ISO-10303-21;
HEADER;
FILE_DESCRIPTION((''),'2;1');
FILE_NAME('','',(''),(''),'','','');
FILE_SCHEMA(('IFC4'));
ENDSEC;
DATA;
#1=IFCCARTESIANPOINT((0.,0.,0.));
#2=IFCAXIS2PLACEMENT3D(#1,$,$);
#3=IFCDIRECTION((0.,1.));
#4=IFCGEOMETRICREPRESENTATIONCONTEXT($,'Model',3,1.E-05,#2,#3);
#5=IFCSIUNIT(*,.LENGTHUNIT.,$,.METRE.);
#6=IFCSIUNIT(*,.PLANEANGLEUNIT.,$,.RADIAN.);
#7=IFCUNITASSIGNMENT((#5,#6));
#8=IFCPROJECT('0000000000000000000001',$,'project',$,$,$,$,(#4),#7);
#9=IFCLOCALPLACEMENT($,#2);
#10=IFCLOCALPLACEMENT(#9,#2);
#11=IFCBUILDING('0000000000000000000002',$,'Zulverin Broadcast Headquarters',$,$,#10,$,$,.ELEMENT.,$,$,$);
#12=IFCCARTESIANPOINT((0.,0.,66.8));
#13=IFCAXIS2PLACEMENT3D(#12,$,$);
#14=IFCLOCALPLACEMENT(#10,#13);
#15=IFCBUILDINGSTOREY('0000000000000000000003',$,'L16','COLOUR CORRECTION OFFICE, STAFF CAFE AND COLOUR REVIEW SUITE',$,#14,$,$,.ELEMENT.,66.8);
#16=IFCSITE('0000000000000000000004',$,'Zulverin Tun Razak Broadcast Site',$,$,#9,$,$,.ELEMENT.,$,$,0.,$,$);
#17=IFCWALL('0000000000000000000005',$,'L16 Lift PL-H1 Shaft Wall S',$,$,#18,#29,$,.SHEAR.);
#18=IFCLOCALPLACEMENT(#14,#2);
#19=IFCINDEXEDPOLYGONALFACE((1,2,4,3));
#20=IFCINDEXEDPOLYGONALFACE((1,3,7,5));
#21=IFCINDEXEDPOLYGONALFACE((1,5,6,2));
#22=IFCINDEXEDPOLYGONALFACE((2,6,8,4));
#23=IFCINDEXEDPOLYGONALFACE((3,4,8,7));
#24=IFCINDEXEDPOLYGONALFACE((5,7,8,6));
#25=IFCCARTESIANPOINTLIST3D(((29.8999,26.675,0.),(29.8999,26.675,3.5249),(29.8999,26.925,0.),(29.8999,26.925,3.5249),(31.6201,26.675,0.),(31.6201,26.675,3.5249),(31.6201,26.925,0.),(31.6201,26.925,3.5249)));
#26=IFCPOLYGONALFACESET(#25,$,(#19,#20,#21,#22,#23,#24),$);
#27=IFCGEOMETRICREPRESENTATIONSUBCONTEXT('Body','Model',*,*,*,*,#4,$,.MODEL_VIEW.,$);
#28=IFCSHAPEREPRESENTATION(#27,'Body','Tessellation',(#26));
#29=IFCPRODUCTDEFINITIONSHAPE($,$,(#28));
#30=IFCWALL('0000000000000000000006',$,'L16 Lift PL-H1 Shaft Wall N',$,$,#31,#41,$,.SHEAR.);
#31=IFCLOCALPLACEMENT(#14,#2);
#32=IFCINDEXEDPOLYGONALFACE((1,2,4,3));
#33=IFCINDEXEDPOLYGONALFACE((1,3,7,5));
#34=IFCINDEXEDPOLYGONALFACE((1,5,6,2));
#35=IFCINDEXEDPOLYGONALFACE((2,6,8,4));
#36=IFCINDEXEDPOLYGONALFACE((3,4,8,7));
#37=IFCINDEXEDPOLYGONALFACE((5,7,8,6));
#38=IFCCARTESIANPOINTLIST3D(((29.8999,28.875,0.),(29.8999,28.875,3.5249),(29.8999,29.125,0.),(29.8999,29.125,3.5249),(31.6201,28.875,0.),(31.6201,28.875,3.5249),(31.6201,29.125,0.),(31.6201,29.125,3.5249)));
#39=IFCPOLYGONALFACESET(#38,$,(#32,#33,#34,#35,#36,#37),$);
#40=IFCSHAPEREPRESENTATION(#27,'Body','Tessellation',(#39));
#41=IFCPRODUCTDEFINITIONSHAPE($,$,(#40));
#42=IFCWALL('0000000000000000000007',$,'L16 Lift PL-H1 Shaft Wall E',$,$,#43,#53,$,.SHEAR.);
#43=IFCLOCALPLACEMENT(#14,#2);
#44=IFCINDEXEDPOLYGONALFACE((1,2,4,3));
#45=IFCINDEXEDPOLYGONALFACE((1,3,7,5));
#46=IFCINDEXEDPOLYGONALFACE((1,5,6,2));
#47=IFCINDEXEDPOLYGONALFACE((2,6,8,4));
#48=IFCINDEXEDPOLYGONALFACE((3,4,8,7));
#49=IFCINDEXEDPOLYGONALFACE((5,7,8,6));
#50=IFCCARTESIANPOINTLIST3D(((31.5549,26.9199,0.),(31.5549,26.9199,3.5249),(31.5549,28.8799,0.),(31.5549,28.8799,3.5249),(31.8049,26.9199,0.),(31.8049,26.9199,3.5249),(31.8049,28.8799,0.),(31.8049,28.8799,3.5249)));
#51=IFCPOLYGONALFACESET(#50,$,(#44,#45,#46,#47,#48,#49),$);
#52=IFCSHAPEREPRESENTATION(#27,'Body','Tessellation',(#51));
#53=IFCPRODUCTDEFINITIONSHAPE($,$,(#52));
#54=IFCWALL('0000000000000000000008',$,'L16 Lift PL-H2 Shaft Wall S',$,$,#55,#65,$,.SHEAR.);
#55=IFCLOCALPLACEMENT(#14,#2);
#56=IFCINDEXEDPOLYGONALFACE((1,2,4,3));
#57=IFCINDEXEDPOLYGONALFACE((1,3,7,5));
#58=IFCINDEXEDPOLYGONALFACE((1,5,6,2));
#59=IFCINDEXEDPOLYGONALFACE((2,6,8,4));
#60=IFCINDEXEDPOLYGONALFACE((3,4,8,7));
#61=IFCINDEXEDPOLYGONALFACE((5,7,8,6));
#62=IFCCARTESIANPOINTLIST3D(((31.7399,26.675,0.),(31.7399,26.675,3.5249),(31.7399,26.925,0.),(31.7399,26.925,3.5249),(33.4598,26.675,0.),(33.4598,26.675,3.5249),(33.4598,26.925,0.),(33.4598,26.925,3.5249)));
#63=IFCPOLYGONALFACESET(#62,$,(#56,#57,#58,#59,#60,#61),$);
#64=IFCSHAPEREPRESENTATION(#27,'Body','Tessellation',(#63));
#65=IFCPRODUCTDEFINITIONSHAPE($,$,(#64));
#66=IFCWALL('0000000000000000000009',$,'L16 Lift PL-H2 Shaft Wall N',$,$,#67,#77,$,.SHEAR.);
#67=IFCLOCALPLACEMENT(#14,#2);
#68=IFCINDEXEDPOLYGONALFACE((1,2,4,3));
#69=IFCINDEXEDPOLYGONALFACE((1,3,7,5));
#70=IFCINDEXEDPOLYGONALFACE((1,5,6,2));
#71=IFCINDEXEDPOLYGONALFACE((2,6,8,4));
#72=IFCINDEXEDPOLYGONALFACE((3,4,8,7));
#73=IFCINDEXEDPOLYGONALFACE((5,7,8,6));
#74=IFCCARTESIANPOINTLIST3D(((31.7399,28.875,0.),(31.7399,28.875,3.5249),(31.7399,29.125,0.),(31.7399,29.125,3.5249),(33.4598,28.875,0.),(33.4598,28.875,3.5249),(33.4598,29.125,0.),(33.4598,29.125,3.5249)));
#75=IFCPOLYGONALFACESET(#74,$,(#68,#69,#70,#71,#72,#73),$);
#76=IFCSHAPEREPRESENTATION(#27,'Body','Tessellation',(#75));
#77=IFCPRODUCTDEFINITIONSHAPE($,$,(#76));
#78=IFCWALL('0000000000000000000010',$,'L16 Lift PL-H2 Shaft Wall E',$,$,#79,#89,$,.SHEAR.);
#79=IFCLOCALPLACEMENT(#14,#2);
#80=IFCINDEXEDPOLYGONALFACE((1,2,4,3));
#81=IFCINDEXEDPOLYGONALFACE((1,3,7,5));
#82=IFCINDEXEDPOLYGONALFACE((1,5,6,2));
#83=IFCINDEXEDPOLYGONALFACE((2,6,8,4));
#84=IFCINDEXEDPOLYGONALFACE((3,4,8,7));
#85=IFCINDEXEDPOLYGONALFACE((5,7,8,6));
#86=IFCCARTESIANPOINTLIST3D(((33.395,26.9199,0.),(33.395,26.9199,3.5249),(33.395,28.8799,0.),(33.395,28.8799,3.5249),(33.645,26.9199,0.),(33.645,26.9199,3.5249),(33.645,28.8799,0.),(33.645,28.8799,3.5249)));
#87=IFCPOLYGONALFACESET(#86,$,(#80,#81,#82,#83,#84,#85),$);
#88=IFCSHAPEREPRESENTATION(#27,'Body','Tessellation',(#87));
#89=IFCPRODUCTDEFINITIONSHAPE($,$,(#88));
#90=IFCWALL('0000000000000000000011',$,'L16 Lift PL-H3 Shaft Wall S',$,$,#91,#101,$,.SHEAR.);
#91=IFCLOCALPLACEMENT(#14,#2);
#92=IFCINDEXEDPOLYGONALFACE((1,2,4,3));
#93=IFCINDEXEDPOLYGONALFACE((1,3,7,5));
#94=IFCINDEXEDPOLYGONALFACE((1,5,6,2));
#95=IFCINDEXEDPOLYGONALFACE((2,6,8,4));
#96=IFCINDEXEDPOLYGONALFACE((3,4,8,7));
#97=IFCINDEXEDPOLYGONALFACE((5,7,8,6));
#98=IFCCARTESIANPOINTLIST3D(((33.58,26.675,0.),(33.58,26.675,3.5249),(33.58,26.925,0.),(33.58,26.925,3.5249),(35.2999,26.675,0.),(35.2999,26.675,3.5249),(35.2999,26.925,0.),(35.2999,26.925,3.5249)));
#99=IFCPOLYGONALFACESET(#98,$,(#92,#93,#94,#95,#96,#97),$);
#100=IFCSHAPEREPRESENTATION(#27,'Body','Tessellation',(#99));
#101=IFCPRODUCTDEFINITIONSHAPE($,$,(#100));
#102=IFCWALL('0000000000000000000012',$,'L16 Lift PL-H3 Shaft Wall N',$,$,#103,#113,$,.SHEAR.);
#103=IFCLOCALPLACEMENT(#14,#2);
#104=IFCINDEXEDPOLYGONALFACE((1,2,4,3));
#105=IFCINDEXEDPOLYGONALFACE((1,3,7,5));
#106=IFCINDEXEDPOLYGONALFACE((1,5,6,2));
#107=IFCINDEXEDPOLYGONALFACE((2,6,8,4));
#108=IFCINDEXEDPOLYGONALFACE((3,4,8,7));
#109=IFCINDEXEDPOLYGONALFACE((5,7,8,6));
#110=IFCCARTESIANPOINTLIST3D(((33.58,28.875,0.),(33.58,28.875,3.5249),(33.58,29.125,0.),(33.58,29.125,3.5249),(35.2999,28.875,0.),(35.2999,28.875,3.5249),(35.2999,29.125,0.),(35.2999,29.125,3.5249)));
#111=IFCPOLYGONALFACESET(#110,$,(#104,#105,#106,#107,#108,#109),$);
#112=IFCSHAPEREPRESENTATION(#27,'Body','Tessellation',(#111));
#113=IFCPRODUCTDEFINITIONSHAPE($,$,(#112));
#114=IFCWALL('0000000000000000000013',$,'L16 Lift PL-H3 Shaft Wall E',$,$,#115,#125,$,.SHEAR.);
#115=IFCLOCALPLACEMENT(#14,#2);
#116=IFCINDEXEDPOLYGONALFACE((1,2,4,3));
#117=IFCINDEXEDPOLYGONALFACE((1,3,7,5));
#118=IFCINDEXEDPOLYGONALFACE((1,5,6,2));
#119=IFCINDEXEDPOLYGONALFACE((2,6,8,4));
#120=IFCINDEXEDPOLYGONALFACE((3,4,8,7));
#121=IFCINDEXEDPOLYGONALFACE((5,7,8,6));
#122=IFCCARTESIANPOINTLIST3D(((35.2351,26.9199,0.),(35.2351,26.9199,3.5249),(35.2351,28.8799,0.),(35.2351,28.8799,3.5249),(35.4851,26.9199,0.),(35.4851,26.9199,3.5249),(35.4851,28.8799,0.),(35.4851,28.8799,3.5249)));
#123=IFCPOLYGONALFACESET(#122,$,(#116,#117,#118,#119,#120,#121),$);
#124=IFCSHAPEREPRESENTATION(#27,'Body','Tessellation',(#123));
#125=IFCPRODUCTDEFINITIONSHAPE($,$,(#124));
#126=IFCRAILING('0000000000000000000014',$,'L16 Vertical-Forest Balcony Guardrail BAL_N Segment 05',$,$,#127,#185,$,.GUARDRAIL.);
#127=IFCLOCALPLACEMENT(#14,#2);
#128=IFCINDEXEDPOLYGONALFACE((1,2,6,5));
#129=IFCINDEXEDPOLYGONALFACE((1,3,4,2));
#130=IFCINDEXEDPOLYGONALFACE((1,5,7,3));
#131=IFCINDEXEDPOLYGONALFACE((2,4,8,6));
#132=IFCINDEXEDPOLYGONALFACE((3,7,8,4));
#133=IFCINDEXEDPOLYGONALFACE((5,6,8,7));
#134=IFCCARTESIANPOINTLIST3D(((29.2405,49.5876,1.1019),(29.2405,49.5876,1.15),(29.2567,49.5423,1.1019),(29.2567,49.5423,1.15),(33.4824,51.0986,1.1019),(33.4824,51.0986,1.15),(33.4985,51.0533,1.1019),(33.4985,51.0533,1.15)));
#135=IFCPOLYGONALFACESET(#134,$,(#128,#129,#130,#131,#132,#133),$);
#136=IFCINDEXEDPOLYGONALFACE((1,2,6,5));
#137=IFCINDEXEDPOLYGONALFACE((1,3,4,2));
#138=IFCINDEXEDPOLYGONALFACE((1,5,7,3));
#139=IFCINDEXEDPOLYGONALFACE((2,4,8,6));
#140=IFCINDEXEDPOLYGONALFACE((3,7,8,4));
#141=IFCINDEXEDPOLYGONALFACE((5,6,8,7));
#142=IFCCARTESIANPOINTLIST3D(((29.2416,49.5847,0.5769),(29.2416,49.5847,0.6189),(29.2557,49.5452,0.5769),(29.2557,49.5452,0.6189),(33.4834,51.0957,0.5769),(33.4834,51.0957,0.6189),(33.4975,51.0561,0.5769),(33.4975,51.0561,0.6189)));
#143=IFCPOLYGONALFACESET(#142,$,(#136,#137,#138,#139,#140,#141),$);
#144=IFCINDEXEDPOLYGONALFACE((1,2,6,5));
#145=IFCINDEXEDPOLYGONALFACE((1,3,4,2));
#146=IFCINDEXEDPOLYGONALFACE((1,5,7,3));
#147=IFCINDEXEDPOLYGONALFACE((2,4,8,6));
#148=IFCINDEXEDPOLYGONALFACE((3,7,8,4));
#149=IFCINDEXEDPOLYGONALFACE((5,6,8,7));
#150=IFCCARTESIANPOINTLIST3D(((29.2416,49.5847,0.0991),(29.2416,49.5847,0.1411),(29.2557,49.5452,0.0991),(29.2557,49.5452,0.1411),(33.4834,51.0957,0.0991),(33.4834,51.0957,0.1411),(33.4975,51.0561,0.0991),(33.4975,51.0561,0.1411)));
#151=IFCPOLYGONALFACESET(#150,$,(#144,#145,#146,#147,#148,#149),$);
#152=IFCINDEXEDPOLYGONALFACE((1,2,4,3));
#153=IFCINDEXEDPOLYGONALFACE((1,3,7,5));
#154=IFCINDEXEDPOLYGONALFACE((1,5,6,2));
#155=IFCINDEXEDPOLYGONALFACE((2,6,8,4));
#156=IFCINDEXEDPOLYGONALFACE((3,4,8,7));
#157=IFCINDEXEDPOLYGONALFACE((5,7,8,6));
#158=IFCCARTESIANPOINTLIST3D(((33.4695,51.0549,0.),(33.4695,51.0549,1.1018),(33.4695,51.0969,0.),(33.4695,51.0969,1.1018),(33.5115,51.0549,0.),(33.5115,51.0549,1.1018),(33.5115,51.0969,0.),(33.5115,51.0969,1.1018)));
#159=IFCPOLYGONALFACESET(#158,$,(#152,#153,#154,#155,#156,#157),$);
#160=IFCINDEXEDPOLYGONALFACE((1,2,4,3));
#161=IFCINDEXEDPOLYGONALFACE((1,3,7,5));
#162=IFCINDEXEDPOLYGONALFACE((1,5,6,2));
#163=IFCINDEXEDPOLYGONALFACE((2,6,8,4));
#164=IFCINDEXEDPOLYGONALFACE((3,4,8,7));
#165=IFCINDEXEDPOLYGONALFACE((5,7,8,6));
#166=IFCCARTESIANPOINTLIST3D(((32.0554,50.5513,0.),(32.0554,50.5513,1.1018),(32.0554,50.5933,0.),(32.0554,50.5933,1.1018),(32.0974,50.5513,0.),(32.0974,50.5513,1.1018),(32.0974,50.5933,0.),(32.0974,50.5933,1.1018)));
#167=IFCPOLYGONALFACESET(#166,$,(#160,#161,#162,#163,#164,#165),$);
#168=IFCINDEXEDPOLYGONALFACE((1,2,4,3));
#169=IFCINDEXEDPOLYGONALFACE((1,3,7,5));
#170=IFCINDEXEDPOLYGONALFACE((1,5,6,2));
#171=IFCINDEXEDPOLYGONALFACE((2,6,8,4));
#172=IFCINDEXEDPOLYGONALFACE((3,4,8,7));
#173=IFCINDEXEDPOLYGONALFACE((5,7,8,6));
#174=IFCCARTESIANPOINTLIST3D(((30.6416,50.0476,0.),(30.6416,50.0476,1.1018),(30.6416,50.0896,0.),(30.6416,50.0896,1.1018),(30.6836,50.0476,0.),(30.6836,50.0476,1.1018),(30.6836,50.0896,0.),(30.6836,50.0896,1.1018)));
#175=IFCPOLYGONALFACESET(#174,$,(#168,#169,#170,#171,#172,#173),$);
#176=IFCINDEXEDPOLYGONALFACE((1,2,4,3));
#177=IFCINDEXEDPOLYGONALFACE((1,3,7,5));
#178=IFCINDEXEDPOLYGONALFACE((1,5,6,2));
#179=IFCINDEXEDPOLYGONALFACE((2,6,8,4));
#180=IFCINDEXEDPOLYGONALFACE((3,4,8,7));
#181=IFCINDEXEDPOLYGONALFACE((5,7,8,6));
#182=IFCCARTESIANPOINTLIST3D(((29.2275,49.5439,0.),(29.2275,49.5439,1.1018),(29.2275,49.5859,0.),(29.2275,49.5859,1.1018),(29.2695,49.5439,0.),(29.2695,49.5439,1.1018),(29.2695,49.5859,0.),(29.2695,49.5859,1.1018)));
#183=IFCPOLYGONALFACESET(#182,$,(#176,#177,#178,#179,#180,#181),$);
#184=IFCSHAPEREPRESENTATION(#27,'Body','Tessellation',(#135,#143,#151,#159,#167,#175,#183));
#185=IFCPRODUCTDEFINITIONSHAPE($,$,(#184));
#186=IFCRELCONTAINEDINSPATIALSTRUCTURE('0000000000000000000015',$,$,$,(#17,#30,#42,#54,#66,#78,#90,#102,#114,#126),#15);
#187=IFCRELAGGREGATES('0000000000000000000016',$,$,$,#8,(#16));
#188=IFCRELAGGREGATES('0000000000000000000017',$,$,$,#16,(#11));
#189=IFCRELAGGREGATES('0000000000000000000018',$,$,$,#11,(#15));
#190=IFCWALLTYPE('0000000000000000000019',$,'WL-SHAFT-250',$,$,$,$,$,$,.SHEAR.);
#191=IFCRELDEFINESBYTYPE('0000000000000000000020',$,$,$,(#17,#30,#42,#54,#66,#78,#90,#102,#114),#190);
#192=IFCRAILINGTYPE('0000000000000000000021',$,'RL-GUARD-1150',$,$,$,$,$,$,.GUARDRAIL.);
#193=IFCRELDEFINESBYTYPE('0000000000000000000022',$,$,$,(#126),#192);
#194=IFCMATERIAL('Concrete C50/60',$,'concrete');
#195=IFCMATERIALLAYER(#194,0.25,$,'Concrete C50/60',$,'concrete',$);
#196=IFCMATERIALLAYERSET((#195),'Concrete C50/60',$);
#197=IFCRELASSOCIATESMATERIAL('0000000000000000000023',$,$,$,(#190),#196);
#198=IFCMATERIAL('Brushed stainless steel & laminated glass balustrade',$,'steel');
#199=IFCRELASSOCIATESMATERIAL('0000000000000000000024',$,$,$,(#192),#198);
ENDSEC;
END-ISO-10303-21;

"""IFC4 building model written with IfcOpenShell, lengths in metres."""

from ifc_helpers import new_model, si_unit, direction, frame, frame_2d, origin, origin_2d, place, context, subcontext, project, spatial, rectangle, extrude, material, layer, layer_set, type_object, element, save


model = new_model("IFC4")

# Units and contexts
model_context = context("Model", 3, precision=1e-05, world=origin(), true_north=direction((0.0, 1.0)))
body_context = subcontext(model_context, "Body", "Model", "MODEL_VIEW")
ifc_project = project(units=[si_unit("LENGTHUNIT", "METRE"), si_unit("PLANEANGLEUNIT", "RADIAN")], contexts=[model_context])

# Site, building, storey
site_placement = place(None, origin())
site = spatial("IfcSite", under=ifc_project, at=site_placement, Name="Zulverin Tun Razak Broadcast Site", CompositionType="ELEMENT", RefElevation=0.0)
building_placement = place(site_placement, origin())
building = spatial("IfcBuilding", under=site, at=building_placement, Name="Zulverin Broadcast Headquarters", CompositionType="ELEMENT")
storey_placement = place(building_placement, frame((0.0, 0.0, 66.8)))
storey = spatial("IfcBuildingStorey", under=building, at=storey_placement, Name="L16", Description="COLOUR CORRECTION OFFICE, STAFF CAFE AND COLOUR REVIEW SUITE", CompositionType="ELEMENT", Elevation=66.8)

# Shared definitions
ifc_material_1 = material(Name="Concrete C50/60", Category="concrete")
ifc_layer_1 = layer(ifc_material_1, 0.25, Name="Concrete C50/60", Category="concrete")
ifc_layer_set_1 = layer_set([ifc_layer_1], Name="Concrete C50/60")
wall_type_1 = type_object("IfcWallType", Name="WL-SHAFT-250", PredefinedType="SHEAR", material=ifc_layer_set_1)

# Walls
for number, where, z_axis, x_axis, name in (
    (1, (29.8999, 26.8, 0.0), (0.0, 0.0, 1.0), (1.0, 0.0, 0.0), "L16 Lift PL-H1 Shaft Wall S"),
    (2, (29.8999, 29.0, 0.0), (0.0, 0.0, 1.0), (1.0, 0.0, 0.0), "L16 Lift PL-H1 Shaft Wall N"),
):
    element("IfcWall", number, at=place(storey_placement, frame(where, z_axis=z_axis, x_axis=x_axis)), inside=storey, type_object=wall_type_1, Name=name, PredefinedType="SHEAR", context=body_context, shape_type="SweptSolid", body=[
        extrude(rectangle(XDim=1.7202, YDim=0.25, at=frame_2d((0.8601, 0.0))), origin(), (0.0, 0.0, 1.0), 3.5249),
    ])
wall_1_placement = place(storey_placement, frame((31.6799, 26.9199, 0.0), z_axis=(0.0, 0.0, 1.0), x_axis=(0.0, 1.0, 0.0)))
element("IfcWall", 3, at=wall_1_placement, inside=storey, type_object=wall_type_1, Name="L16 Lift PL-H1 Shaft Wall E", PredefinedType="SHEAR", context=body_context, shape_type="SweptSolid", body=[
    extrude(rectangle(XDim=1.96, YDim=0.25, at=frame_2d((0.98, 0.0))), origin(), (0.0, 0.0, 1.0), 3.5249),
])
for number, where, z_axis, x_axis, name in (
    (4, (31.74, 26.8, 0.0), (0.0, 0.0, 1.0), (1.0, 0.0, 0.0), "L16 Lift PL-H2 Shaft Wall S"),
    (5, (31.74, 29.0, 0.0), (0.0, 0.0, 1.0), (1.0, 0.0, 0.0), "L16 Lift PL-H2 Shaft Wall N"),
):
    element("IfcWall", number, at=place(storey_placement, frame(where, z_axis=z_axis, x_axis=x_axis)), inside=storey, type_object=wall_type_1, Name=name, PredefinedType="SHEAR", context=body_context, shape_type="SweptSolid", body=[
        extrude(rectangle(XDim=1.72, YDim=0.25, at=frame_2d((0.8599, 0.0))), origin(), (0.0, 0.0, 1.0), 3.5249),
    ])
wall_2_placement = place(storey_placement, frame((33.52, 26.9199, 0.0), z_axis=(0.0, 0.0, 1.0), x_axis=(0.0, 1.0, 0.0)))
element("IfcWall", 6, at=wall_2_placement, inside=storey, type_object=wall_type_1, Name="L16 Lift PL-H2 Shaft Wall E", PredefinedType="SHEAR", context=body_context, shape_type="SweptSolid", body=[
    extrude(rectangle(XDim=1.96, YDim=0.25, at=frame_2d((0.98, 0.0))), origin(), (0.0, 0.0, 1.0), 3.5249),
])
for number, where, z_axis, x_axis, name in (
    (7, (33.5801, 26.8, 0.0), (0.0, 0.0, 1.0), (1.0, 0.0, 0.0), "L16 Lift PL-H3 Shaft Wall S"),
    (8, (33.5801, 29.0, 0.0), (0.0, 0.0, 1.0), (1.0, 0.0, 0.0), "L16 Lift PL-H3 Shaft Wall N"),
):
    element("IfcWall", number, at=place(storey_placement, frame(where, z_axis=z_axis, x_axis=x_axis)), inside=storey, type_object=wall_type_1, Name=name, PredefinedType="SHEAR", context=body_context, shape_type="SweptSolid", body=[
        extrude(rectangle(XDim=1.72, YDim=0.25, at=frame_2d((0.8599, 0.0))), origin(), (0.0, 0.0, 1.0), 3.5249),
    ])
wall_3_placement = place(storey_placement, frame((35.3601, 26.9199, 0.0), z_axis=(0.0, 0.0, 1.0), x_axis=(0.0, 1.0, 0.0)))
element("IfcWall", 9, at=wall_3_placement, inside=storey, type_object=wall_type_1, Name="L16 Lift PL-H3 Shaft Wall E", PredefinedType="SHEAR", context=body_context, shape_type="SweptSolid", body=[
    extrude(rectangle(XDim=1.96, YDim=0.25, at=frame_2d((0.98, 0.0))), origin(), (0.0, 0.0, 1.0), 3.5249),
])

# Railing
ifc_material_2 = material(Name="Brushed stainless steel & laminated glass balustrade", Category="steel")
railing_type = type_object("IfcRailingType", Name="RL-GUARD-1150", PredefinedType="GUARDRAIL", material=ifc_material_2)
railing_1_placement = place(storey_placement, frame((33.4905, 51.0759, 0.0)))
element("IfcRailing", 10, at=railing_1_placement, inside=storey, type_object=railing_type, Name="L16 Vertical-Forest Balcony Guardrail BAL_N Segment 05", PredefinedType="GUARDRAIL", context=body_context, shape_type="SweptSolid", body=[
    extrude(rectangle(XDim=0.0481, YDim=0.0481, at=origin_2d()), frame((0.0, 0.0, 1.126), z_axis=(-0.942022, -0.33555, 0.0), x_axis=(0.33555, -0.942022, 0.0)), (0.0, 0.0, 1.0), 4.5029),
    extrude(rectangle(XDim=0.042, YDim=0.042, at=origin_2d()), frame((0.0, 0.0, 0.5979), z_axis=(-0.942022, -0.33555, 0.0), x_axis=(0.33555, -0.942022, 0.0)), (0.0, 0.0, 1.0), 4.5029),
    extrude(rectangle(XDim=0.042, YDim=0.042, at=origin_2d()), frame((0.0, 0.0, 0.1201), z_axis=(-0.942022, -0.33555, 0.0), x_axis=(0.33555, -0.942022, 0.0)), (0.0, 0.0, 1.0), 4.5029),
    extrude(rectangle(XDim=0.042, YDim=0.042, at=origin_2d()), origin(), (0.0, 0.0, 1.0), 1.1018),
    extrude(rectangle(XDim=0.042, YDim=0.042, at=origin_2d()), frame((-1.4141, -0.5037, 0.0)), (0.0, 0.0, 1.0), 1.1018),
    extrude(rectangle(XDim=0.042, YDim=0.042, at=origin_2d()), frame((-2.8279, -1.0073, 0.0)), (0.0, 0.0, 1.0), 1.1018),
    extrude(rectangle(XDim=0.042, YDim=0.042, at=origin_2d()), frame((-4.2419, -1.511, 0.0)), (0.0, 0.0, 1.0), 1.1018),
])

save(model, "model.ifc")
